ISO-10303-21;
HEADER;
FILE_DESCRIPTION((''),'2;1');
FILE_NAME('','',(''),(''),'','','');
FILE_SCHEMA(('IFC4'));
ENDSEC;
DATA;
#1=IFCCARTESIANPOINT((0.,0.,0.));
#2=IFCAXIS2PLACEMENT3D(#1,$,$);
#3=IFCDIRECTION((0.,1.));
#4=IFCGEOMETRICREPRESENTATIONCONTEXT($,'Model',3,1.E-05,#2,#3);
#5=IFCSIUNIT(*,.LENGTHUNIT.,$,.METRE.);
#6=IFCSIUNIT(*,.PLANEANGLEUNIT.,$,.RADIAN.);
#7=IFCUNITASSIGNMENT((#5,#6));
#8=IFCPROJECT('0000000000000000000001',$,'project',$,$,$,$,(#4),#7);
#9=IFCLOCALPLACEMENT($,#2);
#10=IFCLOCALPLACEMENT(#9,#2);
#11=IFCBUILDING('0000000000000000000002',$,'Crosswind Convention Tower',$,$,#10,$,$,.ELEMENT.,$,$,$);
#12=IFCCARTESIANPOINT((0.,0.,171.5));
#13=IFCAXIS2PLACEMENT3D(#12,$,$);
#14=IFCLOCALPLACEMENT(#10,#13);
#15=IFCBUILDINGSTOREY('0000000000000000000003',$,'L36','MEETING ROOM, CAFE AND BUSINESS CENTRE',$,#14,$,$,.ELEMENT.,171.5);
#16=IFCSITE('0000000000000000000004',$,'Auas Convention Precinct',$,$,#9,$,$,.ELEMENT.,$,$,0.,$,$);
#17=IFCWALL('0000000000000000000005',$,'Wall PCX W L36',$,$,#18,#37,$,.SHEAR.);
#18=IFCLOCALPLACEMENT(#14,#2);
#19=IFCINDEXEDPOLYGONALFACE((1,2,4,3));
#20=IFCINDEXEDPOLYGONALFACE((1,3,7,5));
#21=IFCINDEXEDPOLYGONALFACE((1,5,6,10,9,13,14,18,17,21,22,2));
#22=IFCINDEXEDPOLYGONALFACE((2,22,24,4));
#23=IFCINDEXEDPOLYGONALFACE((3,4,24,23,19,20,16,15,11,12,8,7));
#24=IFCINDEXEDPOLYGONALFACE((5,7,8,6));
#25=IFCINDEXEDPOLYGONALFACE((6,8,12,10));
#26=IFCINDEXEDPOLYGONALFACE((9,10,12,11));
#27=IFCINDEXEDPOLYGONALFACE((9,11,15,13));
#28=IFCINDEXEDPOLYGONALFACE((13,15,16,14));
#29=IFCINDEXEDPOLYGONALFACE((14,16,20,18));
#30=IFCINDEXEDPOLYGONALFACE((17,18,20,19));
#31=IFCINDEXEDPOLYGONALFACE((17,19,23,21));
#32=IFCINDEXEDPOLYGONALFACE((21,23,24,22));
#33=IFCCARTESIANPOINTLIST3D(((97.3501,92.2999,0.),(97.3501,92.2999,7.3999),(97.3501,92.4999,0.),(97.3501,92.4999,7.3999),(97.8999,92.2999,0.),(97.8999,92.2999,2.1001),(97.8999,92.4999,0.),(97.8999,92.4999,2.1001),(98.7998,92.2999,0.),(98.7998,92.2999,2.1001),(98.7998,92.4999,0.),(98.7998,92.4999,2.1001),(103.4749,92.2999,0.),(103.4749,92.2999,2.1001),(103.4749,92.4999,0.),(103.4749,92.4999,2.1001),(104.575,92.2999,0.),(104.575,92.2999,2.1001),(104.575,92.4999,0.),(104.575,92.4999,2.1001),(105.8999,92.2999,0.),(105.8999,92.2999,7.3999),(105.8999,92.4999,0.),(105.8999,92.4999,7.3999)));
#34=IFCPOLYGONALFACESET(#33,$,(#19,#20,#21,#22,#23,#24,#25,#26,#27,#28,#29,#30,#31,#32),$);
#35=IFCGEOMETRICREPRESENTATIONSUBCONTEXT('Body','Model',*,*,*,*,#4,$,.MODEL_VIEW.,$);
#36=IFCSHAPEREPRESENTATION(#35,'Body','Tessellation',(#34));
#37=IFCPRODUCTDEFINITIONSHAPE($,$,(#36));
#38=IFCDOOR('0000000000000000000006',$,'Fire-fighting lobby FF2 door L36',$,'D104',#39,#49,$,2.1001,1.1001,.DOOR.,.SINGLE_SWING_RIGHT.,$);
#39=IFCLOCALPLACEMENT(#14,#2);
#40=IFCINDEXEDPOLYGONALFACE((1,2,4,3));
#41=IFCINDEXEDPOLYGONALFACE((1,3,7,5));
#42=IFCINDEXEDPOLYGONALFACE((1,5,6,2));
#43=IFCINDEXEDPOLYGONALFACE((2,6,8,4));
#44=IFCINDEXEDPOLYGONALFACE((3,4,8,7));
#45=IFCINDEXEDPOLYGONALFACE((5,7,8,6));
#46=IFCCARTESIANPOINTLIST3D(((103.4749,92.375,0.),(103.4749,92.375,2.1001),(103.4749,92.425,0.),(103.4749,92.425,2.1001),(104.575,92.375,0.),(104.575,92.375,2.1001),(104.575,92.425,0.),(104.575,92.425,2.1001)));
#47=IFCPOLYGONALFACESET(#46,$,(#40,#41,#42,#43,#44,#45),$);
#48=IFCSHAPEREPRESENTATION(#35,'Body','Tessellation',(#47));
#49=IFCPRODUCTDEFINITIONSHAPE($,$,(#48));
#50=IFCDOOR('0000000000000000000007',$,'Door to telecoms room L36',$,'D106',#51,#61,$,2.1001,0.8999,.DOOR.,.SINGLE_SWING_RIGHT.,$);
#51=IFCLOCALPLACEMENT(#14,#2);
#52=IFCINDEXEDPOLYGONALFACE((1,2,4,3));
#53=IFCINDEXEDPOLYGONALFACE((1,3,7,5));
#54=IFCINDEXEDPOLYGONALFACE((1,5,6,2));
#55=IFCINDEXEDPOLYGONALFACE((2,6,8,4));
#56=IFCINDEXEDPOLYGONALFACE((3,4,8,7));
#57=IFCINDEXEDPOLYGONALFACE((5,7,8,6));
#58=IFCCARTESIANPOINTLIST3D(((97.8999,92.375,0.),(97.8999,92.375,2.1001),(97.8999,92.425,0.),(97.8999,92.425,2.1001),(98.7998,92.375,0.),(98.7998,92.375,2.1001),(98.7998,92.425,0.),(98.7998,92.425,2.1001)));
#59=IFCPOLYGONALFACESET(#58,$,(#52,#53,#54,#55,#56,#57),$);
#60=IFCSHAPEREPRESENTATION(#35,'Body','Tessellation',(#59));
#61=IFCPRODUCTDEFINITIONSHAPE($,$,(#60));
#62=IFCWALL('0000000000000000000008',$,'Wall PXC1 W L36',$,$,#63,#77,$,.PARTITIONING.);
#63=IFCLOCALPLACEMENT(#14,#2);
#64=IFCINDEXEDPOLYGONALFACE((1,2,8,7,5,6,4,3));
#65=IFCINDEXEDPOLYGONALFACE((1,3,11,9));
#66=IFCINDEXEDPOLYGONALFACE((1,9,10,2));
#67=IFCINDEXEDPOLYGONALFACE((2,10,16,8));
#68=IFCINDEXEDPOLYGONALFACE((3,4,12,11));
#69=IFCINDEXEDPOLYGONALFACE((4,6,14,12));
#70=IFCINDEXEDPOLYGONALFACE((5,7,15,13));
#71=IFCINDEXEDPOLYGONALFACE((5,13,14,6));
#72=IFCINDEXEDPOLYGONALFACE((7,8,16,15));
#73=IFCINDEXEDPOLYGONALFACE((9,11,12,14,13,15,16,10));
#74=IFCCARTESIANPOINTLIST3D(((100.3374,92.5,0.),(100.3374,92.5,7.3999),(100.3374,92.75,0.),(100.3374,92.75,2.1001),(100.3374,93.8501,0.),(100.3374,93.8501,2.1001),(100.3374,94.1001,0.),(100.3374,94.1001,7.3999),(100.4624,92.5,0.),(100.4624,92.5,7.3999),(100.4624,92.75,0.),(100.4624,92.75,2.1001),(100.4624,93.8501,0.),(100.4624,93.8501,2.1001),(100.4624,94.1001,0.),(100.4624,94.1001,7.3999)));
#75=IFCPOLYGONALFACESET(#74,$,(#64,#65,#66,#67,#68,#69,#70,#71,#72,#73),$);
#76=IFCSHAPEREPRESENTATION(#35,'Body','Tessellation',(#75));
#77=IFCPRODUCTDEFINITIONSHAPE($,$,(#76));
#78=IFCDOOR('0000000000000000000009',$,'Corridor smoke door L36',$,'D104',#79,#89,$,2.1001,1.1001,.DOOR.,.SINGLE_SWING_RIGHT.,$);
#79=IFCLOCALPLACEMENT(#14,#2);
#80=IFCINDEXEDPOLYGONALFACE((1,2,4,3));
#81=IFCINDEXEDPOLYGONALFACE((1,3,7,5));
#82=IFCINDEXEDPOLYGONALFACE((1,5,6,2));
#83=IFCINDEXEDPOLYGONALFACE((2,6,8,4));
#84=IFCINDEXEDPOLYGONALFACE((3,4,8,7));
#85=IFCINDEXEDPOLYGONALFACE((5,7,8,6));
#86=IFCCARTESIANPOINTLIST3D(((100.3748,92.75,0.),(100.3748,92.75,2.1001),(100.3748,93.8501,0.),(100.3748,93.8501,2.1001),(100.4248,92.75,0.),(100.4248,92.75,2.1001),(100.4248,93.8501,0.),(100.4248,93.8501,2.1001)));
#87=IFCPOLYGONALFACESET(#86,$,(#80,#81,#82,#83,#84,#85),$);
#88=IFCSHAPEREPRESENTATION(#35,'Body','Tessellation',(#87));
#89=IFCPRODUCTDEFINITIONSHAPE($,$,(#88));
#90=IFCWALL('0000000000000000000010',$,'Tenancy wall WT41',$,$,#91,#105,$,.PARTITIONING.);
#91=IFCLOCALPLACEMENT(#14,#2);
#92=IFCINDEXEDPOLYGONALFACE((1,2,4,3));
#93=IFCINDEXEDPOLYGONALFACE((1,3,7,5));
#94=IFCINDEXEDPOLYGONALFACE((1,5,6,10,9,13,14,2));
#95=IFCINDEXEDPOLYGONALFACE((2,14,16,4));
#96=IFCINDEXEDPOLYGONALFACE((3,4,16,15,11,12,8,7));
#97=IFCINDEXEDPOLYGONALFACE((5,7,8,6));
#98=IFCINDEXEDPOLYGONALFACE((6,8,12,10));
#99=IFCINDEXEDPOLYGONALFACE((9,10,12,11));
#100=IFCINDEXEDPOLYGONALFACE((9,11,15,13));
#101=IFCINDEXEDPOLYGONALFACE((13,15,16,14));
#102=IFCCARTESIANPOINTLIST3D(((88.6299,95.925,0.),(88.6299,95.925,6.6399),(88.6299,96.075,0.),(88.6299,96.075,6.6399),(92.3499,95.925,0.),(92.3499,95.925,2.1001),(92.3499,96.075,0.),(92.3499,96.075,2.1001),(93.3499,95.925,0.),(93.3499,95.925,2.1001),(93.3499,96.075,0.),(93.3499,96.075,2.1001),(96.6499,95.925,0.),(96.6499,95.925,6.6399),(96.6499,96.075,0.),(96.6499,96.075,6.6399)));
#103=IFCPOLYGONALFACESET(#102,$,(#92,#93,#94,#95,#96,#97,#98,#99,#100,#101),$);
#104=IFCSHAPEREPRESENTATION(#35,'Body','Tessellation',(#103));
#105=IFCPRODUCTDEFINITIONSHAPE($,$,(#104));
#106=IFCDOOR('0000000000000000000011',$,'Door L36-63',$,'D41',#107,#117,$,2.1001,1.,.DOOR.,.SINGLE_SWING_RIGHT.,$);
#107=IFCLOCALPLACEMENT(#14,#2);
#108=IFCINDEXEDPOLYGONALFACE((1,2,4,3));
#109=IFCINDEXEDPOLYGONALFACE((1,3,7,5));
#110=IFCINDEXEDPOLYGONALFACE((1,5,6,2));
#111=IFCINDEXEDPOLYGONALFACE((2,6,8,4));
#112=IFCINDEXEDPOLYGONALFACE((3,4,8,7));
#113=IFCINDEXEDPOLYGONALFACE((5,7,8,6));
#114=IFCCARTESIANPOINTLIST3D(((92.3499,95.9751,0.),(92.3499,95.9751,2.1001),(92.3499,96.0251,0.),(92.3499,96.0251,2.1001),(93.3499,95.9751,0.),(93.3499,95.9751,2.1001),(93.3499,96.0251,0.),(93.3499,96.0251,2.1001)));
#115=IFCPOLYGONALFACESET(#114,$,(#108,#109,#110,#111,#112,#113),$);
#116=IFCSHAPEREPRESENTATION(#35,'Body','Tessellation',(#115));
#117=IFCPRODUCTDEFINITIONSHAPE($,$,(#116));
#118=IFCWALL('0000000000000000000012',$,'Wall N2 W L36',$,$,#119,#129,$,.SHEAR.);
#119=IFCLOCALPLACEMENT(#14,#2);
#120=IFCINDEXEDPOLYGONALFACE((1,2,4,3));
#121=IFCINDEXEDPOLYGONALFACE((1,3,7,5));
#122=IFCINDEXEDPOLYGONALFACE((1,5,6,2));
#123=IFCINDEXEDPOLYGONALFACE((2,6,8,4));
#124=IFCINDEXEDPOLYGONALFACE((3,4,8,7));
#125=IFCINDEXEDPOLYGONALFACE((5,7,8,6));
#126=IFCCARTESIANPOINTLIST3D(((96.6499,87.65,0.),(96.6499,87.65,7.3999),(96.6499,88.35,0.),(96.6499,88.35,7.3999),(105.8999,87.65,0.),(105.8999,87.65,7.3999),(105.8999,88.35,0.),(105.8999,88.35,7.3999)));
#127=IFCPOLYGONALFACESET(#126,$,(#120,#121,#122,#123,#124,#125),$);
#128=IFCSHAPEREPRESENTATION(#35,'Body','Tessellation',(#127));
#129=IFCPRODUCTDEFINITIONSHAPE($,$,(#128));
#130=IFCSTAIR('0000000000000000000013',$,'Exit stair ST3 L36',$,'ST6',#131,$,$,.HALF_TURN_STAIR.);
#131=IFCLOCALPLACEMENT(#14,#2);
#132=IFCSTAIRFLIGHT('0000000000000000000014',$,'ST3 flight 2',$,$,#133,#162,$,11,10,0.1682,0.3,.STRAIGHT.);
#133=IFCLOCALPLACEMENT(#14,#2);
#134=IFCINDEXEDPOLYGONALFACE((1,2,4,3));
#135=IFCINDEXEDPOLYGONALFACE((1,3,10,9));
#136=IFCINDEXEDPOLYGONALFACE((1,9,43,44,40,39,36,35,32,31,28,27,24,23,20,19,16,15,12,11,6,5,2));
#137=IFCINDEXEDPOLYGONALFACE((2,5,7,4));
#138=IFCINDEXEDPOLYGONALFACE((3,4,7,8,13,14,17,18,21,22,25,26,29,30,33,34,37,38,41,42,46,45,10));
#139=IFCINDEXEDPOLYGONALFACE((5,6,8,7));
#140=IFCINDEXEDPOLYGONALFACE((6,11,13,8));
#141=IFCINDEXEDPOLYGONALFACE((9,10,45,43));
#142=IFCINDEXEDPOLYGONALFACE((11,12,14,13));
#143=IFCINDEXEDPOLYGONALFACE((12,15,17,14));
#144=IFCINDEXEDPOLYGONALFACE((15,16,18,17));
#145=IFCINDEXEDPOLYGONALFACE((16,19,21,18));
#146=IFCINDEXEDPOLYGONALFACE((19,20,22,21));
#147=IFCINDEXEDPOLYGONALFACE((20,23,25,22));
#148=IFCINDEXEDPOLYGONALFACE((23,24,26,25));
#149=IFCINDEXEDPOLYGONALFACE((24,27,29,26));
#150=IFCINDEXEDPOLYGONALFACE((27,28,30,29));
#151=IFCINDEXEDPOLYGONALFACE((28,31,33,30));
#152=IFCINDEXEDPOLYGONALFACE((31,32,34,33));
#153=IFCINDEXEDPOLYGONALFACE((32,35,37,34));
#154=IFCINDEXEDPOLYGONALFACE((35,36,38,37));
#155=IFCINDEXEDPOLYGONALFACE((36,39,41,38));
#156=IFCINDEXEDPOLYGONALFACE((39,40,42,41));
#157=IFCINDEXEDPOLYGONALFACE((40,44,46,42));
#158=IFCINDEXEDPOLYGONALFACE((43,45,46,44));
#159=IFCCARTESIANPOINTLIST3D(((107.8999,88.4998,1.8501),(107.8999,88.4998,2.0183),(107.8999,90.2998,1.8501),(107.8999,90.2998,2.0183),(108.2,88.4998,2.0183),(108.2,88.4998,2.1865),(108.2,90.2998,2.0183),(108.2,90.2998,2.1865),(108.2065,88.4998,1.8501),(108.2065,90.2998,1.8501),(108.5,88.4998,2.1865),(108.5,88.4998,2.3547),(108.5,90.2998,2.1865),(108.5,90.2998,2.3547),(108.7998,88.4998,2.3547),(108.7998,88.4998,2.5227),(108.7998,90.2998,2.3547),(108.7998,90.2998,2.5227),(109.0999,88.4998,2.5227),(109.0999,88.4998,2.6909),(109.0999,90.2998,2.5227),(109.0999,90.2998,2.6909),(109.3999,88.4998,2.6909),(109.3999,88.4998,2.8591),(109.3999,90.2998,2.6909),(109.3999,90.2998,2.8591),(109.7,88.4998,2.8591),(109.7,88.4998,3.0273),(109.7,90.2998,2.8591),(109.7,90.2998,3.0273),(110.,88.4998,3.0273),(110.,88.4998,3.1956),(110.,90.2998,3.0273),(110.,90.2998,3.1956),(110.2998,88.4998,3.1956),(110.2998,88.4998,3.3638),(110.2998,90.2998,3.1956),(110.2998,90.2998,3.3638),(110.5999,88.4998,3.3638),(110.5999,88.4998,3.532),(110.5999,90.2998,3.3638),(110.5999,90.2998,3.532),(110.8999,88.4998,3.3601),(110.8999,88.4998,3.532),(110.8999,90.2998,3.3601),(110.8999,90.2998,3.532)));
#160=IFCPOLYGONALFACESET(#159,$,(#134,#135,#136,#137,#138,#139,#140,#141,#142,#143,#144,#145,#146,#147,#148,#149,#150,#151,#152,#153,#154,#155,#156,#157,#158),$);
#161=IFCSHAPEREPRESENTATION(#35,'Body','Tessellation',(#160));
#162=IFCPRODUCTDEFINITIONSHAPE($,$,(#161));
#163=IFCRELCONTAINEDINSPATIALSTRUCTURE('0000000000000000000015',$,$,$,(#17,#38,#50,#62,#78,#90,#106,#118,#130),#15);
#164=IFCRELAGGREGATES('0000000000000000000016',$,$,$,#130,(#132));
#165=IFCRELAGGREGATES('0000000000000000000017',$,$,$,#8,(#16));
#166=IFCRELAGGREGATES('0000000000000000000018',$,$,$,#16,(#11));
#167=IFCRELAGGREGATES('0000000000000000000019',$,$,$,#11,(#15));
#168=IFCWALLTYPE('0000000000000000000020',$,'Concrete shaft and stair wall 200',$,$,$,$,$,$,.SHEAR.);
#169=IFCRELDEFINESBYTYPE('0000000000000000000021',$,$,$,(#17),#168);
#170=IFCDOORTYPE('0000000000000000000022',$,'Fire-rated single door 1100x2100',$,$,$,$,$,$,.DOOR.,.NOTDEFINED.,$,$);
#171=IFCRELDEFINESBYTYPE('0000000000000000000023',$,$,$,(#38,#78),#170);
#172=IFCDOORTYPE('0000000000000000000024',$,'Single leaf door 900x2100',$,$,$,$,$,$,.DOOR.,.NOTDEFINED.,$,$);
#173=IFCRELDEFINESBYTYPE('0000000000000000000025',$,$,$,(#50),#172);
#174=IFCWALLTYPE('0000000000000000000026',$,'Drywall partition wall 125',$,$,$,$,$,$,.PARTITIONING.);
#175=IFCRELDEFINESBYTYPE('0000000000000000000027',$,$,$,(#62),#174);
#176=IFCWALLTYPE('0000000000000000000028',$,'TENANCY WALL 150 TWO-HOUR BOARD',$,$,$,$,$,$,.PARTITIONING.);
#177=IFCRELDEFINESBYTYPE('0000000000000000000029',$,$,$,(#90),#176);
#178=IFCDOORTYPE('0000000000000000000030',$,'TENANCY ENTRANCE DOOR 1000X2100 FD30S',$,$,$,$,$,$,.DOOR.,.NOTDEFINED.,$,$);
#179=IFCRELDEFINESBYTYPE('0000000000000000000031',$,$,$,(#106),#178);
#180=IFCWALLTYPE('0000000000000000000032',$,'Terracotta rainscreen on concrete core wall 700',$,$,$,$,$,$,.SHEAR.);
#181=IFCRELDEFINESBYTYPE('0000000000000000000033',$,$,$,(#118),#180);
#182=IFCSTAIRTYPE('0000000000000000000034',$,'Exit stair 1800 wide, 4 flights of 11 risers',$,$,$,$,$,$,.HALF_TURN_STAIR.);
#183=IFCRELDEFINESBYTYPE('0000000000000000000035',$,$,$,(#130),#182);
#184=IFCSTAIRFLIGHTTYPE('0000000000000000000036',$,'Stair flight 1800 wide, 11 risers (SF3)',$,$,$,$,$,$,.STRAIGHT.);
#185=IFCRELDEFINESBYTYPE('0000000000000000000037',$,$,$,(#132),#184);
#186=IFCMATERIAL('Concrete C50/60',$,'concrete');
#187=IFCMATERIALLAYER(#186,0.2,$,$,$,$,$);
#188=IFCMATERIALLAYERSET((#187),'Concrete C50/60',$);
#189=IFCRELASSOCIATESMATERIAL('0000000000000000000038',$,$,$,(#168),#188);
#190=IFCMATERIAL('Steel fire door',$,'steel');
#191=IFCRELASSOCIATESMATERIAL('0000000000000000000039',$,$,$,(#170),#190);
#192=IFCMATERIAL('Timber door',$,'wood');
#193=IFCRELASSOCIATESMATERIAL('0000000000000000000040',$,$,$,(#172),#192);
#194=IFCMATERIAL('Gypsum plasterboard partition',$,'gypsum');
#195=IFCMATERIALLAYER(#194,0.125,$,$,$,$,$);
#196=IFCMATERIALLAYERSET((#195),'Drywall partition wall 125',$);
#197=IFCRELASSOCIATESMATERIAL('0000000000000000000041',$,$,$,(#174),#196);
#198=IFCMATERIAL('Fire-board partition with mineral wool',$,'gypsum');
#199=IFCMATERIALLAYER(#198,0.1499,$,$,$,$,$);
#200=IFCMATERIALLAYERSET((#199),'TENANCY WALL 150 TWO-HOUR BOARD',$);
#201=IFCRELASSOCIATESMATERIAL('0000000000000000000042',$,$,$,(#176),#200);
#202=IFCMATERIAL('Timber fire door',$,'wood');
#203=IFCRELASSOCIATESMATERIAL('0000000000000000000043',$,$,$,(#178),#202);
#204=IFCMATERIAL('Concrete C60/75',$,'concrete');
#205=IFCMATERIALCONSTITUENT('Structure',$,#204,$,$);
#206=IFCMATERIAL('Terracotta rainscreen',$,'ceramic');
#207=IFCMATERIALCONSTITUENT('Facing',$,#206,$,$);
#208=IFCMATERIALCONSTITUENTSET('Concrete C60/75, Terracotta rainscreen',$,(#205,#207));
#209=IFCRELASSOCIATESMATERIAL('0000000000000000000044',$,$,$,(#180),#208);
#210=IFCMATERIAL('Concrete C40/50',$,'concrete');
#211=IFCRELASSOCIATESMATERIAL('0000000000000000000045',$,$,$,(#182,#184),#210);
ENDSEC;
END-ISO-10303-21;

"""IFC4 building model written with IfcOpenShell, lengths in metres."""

from ifc_helpers import new_model, si_unit, direction, frame, frame_2d, origin, place, context, subcontext, project, spatial, polyline, rectangle, outline, extrude, material, layer, layer_set, constituent, constituent_set, type_object, element, fill, aggregate, save


model = new_model("IFC4")

# Units and contexts
model_context = context("Model", 3, precision=1e-05, world=origin(), true_north=direction((0.0, 1.0)))
body_context = subcontext(model_context, "Body", "Model", "MODEL_VIEW")
ifc_project = project(units=[si_unit("LENGTHUNIT", "METRE"), si_unit("PLANEANGLEUNIT", "RADIAN")], contexts=[model_context])

# Site, building, storey
site_placement = place(None, origin())
site = spatial("IfcSite", under=ifc_project, at=site_placement, Name="Auas Convention Precinct", CompositionType="ELEMENT", RefElevation=0.0)
building_placement = place(site_placement, origin())
building = spatial("IfcBuilding", under=site, at=building_placement, Name="Crosswind Convention Tower", CompositionType="ELEMENT")
storey_placement = place(building_placement, frame((0.0, 0.0, 171.5)))
storey = spatial("IfcBuildingStorey", under=building, at=storey_placement, Name="L36", Description="MEETING ROOM, CAFE AND BUSINESS CENTRE", CompositionType="ELEMENT", Elevation=171.5)

# Shared definitions
ifc_material_1 = material(Name="Concrete C60/75", Category="concrete")

# Shared definitions
ifc_material_2 = material(Name="Concrete C50/60", Category="concrete")
ifc_layer_1 = layer(ifc_material_2, 0.2)
ifc_layer_set_1 = layer_set([ifc_layer_1], Name="Concrete C50/60")
wall_type_1 = type_object("IfcWallType", Name="Concrete shaft and stair wall 200", PredefinedType="SHEAR", material=ifc_layer_set_1)

# Wall, openings, doors
wall_1_placement = place(storey_placement, frame((105.8999, 92.3999, 0.0), z_axis=(0.0, 0.0, 1.0), x_axis=(-1.0, 0.0, 0.0)))
wall_1 = element("IfcWall", 1, at=wall_1_placement, inside=storey, type_object=wall_type_1, Name="Wall PCX W L36", PredefinedType="SHEAR", context=body_context, shape_type="SweptSolid", body=[
    extrude(rectangle(XDim=8.5498, YDim=0.2, at=frame_2d((4.2749, 0.0))), origin(), (0.0, 0.0, 1.0), 7.3999),
])
opening_1_placement = place(wall_1_placement, frame((1.325, 0.0, 0.0)))
opening_1 = element("IfcOpeningElement", 2, at=opening_1_placement, cuts=wall_1, PredefinedType="OPENING", context=body_context, shape_type="SweptSolid", body=[
    extrude(rectangle(XDim=1.1001, YDim=2.1001, at=frame_2d((0.55, 1.05))), frame((0.0, 0.1099, 0.0), z_axis=(0.0, -1.0, 0.0), x_axis=(1.0, 0.0, 0.0)), (0.0, 0.0, 1.0), 0.22),
])
opening_2_placement = place(wall_1_placement, frame((7.1001, 0.0, 0.0)))
opening_2 = element("IfcOpeningElement", 3, at=opening_2_placement, cuts=wall_1, PredefinedType="OPENING", context=body_context, shape_type="SweptSolid", body=[
    extrude(rectangle(XDim=0.8999, YDim=2.1001, at=frame_2d((0.45, 1.05))), frame((0.0, 0.1099, 0.0), z_axis=(0.0, -1.0, 0.0), x_axis=(1.0, 0.0, 0.0)), (0.0, 0.0, 1.0), 0.22),
])
ifc_material_3 = material(Name="Steel fire door", Category="steel")
door_type_1 = type_object("IfcDoorType", Name="Fire-rated single door 1100x2100", OperationType="NOTDEFINED", PredefinedType="DOOR", material=ifc_material_3)
door_1_placement = place(opening_1_placement, origin())
door_1 = element("IfcDoor", 4, at=door_1_placement, inside=storey, type_object=door_type_1, Name="Fire-fighting lobby FF2 door L36", ObjectType="D104", OperationType="SINGLE_SWING_RIGHT", OverallHeight=2.1001, OverallWidth=1.1001, PredefinedType="DOOR", context=body_context, shape_type="SweptSolid", body=[
    extrude(rectangle(XDim=1.1001, YDim=2.1001, at=frame_2d((0.55, 1.05))), frame((0.0, 0.0249, 0.0), z_axis=(0.0, -1.0, 0.0), x_axis=(1.0, 0.0, 0.0)), (0.0, 0.0, 1.0), 0.05),
])
fill(opening_1, door_1)
ifc_material_4 = material(Name="Timber door", Category="wood")
door_type_2 = type_object("IfcDoorType", Name="Single leaf door 900x2100", OperationType="NOTDEFINED", PredefinedType="DOOR", material=ifc_material_4)
door_2_placement = place(opening_2_placement, origin())
door_2 = element("IfcDoor", 5, at=door_2_placement, inside=storey, type_object=door_type_2, Name="Door to telecoms room L36", ObjectType="D106", OperationType="SINGLE_SWING_RIGHT", OverallHeight=2.1001, OverallWidth=0.8999, PredefinedType="DOOR", context=body_context, shape_type="SweptSolid", body=[
    extrude(rectangle(XDim=0.8999, YDim=2.1001, at=frame_2d((0.45, 1.05))), frame((0.0, 0.0249, 0.0), z_axis=(0.0, -1.0, 0.0), x_axis=(1.0, 0.0, 0.0)), (0.0, 0.0, 1.0), 0.05),
])
fill(opening_2, door_2)

# Walls, openings, doors
ifc_material_5 = material(Name="Gypsum plasterboard partition", Category="gypsum")
ifc_layer_2 = layer(ifc_material_5, 0.125)
ifc_layer_set_2 = layer_set([ifc_layer_2], Name="Drywall partition wall 125")
wall_type_2 = type_object("IfcWallType", Name="Drywall partition wall 125", PredefinedType="PARTITIONING", material=ifc_layer_set_2)
wall_2_placement = place(storey_placement, frame((100.3999, 94.1001, 0.0), z_axis=(0.0, 0.0, 1.0), x_axis=(0.0, -1.0, 0.0)))
wall_2 = element("IfcWall", 6, at=wall_2_placement, inside=storey, type_object=wall_type_2, Name="Wall PXC1 W L36", PredefinedType="PARTITIONING", context=body_context, shape_type="SweptSolid", body=[
    extrude(rectangle(XDim=1.6001, YDim=0.125, at=frame_2d((0.8, 0.0))), origin(), (0.0, 0.0, 1.0), 7.3999),
])
opening_3_placement = place(wall_2_placement, frame((0.25, 0.0, 0.0)))
opening_3 = element("IfcOpeningElement", 7, at=opening_3_placement, cuts=wall_2, PredefinedType="OPENING", context=body_context, shape_type="SweptSolid", body=[
    extrude(rectangle(XDim=1.1001, YDim=2.1001, at=frame_2d((0.55, 1.05))), frame((0.0, 0.0725, 0.0), z_axis=(0.0, -1.0, 0.0), x_axis=(1.0, 0.0, 0.0)), (0.0, 0.0, 1.0), 0.145),
])
door_3_placement = place(opening_3_placement, origin())
door_3 = element("IfcDoor", 8, at=door_3_placement, inside=storey, type_object=door_type_1, Name="Corridor smoke door L36", ObjectType="D104", OperationType="SINGLE_SWING_RIGHT", OverallHeight=2.1001, OverallWidth=1.1001, PredefinedType="DOOR", context=body_context, shape_type="SweptSolid", body=[
    extrude(rectangle(XDim=1.1001, YDim=2.1001, at=frame_2d((0.55, 1.05))), frame((0.0, 0.0249, 0.0), z_axis=(0.0, -1.0, 0.0), x_axis=(1.0, 0.0, 0.0)), (0.0, 0.0, 1.0), 0.05),
])
fill(opening_3, door_3)
ifc_material_6 = material(Name="Fire-board partition with mineral wool", Category="gypsum")
ifc_layer_3 = layer(ifc_material_6, 0.1499)
ifc_layer_set_3 = layer_set([ifc_layer_3], Name="TENANCY WALL 150 TWO-HOUR BOARD")
wall_type_3 = type_object("IfcWallType", Name="TENANCY WALL 150 TWO-HOUR BOARD", PredefinedType="PARTITIONING", material=ifc_layer_set_3)
wall_3_placement = place(storey_placement, frame((88.6299, 96.0, 0.0), z_axis=(0.0, 0.0, 1.0), x_axis=(1.0, 0.0, 0.0)))
wall_3 = element("IfcWall", 9, at=wall_3_placement, inside=storey, type_object=wall_type_3, Name="Tenancy wall WT41", PredefinedType="PARTITIONING", context=body_context, shape_type="SweptSolid", body=[
    extrude(rectangle(XDim=8.02, YDim=0.1499, at=frame_2d((4.01, 0.0))), origin(), (0.0, 0.0, 1.0), 6.6399),
])
opening_4_placement = place(wall_3_placement, frame((3.72, 0.0, 0.0)))
opening_4 = element("IfcOpeningElement", 10, at=opening_4_placement, cuts=wall_3, PredefinedType="OPENING", context=body_context, shape_type="SweptSolid", body=[
    extrude(rectangle(XDim=1.0, YDim=2.1001, at=frame_2d((0.5, 1.05))), frame((0.0, 0.085, 0.0), z_axis=(0.0, -1.0, 0.0), x_axis=(1.0, 0.0, 0.0)), (0.0, 0.0, 1.0), 0.1699),
])
ifc_material_7 = material(Name="Timber fire door", Category="wood")
door_type_3 = type_object("IfcDoorType", Name="TENANCY ENTRANCE DOOR 1000X2100 FD30S", OperationType="NOTDEFINED", PredefinedType="DOOR", material=ifc_material_7)
door_4_placement = place(opening_4_placement, frame((1.0, 0.0, 0.0), z_axis=(0.0, 0.0, 1.0), x_axis=(-1.0, 0.0, 0.0)))
door_4 = element("IfcDoor", 11, at=door_4_placement, inside=storey, type_object=door_type_3, Name="Door L36-63", ObjectType="D41", OperationType="SINGLE_SWING_RIGHT", OverallHeight=2.1001, OverallWidth=1.0, PredefinedType="DOOR", context=body_context, shape_type="SweptSolid", body=[
    extrude(rectangle(XDim=1.0, YDim=2.1001, at=frame_2d((0.5, 1.05))), frame((0.0, 0.0249, 0.0), z_axis=(0.0, -1.0, 0.0), x_axis=(1.0, 0.0, 0.0)), (0.0, 0.0, 1.0), 0.05),
])
fill(opening_4, door_4)

# Wall
ifc_constituent_1 = constituent(ifc_material_1, Name="Structure")
ifc_material_8 = material(Name="Terracotta rainscreen", Category="ceramic")
ifc_constituent_2 = constituent(ifc_material_8, Name="Facing")
ifc_constituent_set = constituent_set(constituents=[ifc_constituent_1, ifc_constituent_2], Name="Concrete C60/75, Terracotta rainscreen")
wall_type_4 = type_object("IfcWallType", Name="Terracotta rainscreen on concrete core wall 700", PredefinedType="SHEAR", material=ifc_constituent_set)
wall_4_placement = place(storey_placement, frame((105.8999, 88.0, 0.0), z_axis=(0.0, 0.0, 1.0), x_axis=(-1.0, 0.0, 0.0)))
element("IfcWall", 12, at=wall_4_placement, inside=storey, type_object=wall_type_4, Name="Wall N2 W L36", PredefinedType="SHEAR", context=body_context, shape_type="SweptSolid", body=[
    extrude(rectangle(XDim=9.25, YDim=0.7, at=frame_2d((4.625, 0.0))), origin(), (0.0, 0.0, 1.0), 7.3999),
])

# Stair, stair flight
ifc_material_9 = material(Name="Concrete C40/50", Category="concrete")
stair_type = type_object("IfcStairType", Name="Exit stair 1800 wide, 4 flights of 11 risers", PredefinedType="HALF_TURN_STAIR", material=ifc_material_9)
stair_placement = place(storey_placement, origin())
stair = element("IfcStair", 13, at=stair_placement, inside=storey, type_object=stair_type, Name="Exit stair ST3 L36", ObjectType="ST6", PredefinedType="HALF_TURN_STAIR")
stair_flight_type = type_object("IfcStairFlightType", Name="Stair flight 1800 wide, 11 risers (SF3)", PredefinedType="STRAIGHT", material=ifc_material_9)
stair_flight_placement = place(storey_placement, frame((107.8999, 89.3999, 1.8501), z_axis=(0.0, 0.0, 1.0), x_axis=(1.0, 0.0, 0.0)))
stair_flight = element("IfcStairFlight", 14, at=stair_flight_placement, type_object=stair_flight_type, Name="ST3 flight 2", NumberOfRisers=11, NumberOfTreads=10, PredefinedType="STRAIGHT", RiserHeight=0.1682, TreadLength=0.3, context=body_context, shape_type="SweptSolid", body=[
    extrude(outline(polyline([(0.0, 0.0), (0.0, 0.1682), (0.3, 0.1682), (0.3, 0.3364), (0.6001, 0.3364), (0.6001, 0.5046), (0.8999, 0.5046), (0.8999, 0.6726), (1.2, 0.6726), (1.2, 0.8408), (1.5, 0.8408), (1.5, 1.009), (1.8, 1.009), (1.8, 1.1772), (2.1001, 1.1772), (2.1001, 1.3455), (2.3999, 1.3455), (2.3999, 1.5137), (2.7, 1.5137), (2.7, 1.6819), (3.0, 1.6819), (3.0, 1.8501), (3.0, 1.51), (0.3066, 0.0), (0.0, 0.0)])), frame((0.0, 0.8999, 0.0), z_axis=(0.0, -1.0, 0.0), x_axis=(1.0, 0.0, 0.0)), (0.0, 0.0, 1.0), 1.8),
])
aggregate(stair, [stair_flight])

save(model, "model.ifc")
